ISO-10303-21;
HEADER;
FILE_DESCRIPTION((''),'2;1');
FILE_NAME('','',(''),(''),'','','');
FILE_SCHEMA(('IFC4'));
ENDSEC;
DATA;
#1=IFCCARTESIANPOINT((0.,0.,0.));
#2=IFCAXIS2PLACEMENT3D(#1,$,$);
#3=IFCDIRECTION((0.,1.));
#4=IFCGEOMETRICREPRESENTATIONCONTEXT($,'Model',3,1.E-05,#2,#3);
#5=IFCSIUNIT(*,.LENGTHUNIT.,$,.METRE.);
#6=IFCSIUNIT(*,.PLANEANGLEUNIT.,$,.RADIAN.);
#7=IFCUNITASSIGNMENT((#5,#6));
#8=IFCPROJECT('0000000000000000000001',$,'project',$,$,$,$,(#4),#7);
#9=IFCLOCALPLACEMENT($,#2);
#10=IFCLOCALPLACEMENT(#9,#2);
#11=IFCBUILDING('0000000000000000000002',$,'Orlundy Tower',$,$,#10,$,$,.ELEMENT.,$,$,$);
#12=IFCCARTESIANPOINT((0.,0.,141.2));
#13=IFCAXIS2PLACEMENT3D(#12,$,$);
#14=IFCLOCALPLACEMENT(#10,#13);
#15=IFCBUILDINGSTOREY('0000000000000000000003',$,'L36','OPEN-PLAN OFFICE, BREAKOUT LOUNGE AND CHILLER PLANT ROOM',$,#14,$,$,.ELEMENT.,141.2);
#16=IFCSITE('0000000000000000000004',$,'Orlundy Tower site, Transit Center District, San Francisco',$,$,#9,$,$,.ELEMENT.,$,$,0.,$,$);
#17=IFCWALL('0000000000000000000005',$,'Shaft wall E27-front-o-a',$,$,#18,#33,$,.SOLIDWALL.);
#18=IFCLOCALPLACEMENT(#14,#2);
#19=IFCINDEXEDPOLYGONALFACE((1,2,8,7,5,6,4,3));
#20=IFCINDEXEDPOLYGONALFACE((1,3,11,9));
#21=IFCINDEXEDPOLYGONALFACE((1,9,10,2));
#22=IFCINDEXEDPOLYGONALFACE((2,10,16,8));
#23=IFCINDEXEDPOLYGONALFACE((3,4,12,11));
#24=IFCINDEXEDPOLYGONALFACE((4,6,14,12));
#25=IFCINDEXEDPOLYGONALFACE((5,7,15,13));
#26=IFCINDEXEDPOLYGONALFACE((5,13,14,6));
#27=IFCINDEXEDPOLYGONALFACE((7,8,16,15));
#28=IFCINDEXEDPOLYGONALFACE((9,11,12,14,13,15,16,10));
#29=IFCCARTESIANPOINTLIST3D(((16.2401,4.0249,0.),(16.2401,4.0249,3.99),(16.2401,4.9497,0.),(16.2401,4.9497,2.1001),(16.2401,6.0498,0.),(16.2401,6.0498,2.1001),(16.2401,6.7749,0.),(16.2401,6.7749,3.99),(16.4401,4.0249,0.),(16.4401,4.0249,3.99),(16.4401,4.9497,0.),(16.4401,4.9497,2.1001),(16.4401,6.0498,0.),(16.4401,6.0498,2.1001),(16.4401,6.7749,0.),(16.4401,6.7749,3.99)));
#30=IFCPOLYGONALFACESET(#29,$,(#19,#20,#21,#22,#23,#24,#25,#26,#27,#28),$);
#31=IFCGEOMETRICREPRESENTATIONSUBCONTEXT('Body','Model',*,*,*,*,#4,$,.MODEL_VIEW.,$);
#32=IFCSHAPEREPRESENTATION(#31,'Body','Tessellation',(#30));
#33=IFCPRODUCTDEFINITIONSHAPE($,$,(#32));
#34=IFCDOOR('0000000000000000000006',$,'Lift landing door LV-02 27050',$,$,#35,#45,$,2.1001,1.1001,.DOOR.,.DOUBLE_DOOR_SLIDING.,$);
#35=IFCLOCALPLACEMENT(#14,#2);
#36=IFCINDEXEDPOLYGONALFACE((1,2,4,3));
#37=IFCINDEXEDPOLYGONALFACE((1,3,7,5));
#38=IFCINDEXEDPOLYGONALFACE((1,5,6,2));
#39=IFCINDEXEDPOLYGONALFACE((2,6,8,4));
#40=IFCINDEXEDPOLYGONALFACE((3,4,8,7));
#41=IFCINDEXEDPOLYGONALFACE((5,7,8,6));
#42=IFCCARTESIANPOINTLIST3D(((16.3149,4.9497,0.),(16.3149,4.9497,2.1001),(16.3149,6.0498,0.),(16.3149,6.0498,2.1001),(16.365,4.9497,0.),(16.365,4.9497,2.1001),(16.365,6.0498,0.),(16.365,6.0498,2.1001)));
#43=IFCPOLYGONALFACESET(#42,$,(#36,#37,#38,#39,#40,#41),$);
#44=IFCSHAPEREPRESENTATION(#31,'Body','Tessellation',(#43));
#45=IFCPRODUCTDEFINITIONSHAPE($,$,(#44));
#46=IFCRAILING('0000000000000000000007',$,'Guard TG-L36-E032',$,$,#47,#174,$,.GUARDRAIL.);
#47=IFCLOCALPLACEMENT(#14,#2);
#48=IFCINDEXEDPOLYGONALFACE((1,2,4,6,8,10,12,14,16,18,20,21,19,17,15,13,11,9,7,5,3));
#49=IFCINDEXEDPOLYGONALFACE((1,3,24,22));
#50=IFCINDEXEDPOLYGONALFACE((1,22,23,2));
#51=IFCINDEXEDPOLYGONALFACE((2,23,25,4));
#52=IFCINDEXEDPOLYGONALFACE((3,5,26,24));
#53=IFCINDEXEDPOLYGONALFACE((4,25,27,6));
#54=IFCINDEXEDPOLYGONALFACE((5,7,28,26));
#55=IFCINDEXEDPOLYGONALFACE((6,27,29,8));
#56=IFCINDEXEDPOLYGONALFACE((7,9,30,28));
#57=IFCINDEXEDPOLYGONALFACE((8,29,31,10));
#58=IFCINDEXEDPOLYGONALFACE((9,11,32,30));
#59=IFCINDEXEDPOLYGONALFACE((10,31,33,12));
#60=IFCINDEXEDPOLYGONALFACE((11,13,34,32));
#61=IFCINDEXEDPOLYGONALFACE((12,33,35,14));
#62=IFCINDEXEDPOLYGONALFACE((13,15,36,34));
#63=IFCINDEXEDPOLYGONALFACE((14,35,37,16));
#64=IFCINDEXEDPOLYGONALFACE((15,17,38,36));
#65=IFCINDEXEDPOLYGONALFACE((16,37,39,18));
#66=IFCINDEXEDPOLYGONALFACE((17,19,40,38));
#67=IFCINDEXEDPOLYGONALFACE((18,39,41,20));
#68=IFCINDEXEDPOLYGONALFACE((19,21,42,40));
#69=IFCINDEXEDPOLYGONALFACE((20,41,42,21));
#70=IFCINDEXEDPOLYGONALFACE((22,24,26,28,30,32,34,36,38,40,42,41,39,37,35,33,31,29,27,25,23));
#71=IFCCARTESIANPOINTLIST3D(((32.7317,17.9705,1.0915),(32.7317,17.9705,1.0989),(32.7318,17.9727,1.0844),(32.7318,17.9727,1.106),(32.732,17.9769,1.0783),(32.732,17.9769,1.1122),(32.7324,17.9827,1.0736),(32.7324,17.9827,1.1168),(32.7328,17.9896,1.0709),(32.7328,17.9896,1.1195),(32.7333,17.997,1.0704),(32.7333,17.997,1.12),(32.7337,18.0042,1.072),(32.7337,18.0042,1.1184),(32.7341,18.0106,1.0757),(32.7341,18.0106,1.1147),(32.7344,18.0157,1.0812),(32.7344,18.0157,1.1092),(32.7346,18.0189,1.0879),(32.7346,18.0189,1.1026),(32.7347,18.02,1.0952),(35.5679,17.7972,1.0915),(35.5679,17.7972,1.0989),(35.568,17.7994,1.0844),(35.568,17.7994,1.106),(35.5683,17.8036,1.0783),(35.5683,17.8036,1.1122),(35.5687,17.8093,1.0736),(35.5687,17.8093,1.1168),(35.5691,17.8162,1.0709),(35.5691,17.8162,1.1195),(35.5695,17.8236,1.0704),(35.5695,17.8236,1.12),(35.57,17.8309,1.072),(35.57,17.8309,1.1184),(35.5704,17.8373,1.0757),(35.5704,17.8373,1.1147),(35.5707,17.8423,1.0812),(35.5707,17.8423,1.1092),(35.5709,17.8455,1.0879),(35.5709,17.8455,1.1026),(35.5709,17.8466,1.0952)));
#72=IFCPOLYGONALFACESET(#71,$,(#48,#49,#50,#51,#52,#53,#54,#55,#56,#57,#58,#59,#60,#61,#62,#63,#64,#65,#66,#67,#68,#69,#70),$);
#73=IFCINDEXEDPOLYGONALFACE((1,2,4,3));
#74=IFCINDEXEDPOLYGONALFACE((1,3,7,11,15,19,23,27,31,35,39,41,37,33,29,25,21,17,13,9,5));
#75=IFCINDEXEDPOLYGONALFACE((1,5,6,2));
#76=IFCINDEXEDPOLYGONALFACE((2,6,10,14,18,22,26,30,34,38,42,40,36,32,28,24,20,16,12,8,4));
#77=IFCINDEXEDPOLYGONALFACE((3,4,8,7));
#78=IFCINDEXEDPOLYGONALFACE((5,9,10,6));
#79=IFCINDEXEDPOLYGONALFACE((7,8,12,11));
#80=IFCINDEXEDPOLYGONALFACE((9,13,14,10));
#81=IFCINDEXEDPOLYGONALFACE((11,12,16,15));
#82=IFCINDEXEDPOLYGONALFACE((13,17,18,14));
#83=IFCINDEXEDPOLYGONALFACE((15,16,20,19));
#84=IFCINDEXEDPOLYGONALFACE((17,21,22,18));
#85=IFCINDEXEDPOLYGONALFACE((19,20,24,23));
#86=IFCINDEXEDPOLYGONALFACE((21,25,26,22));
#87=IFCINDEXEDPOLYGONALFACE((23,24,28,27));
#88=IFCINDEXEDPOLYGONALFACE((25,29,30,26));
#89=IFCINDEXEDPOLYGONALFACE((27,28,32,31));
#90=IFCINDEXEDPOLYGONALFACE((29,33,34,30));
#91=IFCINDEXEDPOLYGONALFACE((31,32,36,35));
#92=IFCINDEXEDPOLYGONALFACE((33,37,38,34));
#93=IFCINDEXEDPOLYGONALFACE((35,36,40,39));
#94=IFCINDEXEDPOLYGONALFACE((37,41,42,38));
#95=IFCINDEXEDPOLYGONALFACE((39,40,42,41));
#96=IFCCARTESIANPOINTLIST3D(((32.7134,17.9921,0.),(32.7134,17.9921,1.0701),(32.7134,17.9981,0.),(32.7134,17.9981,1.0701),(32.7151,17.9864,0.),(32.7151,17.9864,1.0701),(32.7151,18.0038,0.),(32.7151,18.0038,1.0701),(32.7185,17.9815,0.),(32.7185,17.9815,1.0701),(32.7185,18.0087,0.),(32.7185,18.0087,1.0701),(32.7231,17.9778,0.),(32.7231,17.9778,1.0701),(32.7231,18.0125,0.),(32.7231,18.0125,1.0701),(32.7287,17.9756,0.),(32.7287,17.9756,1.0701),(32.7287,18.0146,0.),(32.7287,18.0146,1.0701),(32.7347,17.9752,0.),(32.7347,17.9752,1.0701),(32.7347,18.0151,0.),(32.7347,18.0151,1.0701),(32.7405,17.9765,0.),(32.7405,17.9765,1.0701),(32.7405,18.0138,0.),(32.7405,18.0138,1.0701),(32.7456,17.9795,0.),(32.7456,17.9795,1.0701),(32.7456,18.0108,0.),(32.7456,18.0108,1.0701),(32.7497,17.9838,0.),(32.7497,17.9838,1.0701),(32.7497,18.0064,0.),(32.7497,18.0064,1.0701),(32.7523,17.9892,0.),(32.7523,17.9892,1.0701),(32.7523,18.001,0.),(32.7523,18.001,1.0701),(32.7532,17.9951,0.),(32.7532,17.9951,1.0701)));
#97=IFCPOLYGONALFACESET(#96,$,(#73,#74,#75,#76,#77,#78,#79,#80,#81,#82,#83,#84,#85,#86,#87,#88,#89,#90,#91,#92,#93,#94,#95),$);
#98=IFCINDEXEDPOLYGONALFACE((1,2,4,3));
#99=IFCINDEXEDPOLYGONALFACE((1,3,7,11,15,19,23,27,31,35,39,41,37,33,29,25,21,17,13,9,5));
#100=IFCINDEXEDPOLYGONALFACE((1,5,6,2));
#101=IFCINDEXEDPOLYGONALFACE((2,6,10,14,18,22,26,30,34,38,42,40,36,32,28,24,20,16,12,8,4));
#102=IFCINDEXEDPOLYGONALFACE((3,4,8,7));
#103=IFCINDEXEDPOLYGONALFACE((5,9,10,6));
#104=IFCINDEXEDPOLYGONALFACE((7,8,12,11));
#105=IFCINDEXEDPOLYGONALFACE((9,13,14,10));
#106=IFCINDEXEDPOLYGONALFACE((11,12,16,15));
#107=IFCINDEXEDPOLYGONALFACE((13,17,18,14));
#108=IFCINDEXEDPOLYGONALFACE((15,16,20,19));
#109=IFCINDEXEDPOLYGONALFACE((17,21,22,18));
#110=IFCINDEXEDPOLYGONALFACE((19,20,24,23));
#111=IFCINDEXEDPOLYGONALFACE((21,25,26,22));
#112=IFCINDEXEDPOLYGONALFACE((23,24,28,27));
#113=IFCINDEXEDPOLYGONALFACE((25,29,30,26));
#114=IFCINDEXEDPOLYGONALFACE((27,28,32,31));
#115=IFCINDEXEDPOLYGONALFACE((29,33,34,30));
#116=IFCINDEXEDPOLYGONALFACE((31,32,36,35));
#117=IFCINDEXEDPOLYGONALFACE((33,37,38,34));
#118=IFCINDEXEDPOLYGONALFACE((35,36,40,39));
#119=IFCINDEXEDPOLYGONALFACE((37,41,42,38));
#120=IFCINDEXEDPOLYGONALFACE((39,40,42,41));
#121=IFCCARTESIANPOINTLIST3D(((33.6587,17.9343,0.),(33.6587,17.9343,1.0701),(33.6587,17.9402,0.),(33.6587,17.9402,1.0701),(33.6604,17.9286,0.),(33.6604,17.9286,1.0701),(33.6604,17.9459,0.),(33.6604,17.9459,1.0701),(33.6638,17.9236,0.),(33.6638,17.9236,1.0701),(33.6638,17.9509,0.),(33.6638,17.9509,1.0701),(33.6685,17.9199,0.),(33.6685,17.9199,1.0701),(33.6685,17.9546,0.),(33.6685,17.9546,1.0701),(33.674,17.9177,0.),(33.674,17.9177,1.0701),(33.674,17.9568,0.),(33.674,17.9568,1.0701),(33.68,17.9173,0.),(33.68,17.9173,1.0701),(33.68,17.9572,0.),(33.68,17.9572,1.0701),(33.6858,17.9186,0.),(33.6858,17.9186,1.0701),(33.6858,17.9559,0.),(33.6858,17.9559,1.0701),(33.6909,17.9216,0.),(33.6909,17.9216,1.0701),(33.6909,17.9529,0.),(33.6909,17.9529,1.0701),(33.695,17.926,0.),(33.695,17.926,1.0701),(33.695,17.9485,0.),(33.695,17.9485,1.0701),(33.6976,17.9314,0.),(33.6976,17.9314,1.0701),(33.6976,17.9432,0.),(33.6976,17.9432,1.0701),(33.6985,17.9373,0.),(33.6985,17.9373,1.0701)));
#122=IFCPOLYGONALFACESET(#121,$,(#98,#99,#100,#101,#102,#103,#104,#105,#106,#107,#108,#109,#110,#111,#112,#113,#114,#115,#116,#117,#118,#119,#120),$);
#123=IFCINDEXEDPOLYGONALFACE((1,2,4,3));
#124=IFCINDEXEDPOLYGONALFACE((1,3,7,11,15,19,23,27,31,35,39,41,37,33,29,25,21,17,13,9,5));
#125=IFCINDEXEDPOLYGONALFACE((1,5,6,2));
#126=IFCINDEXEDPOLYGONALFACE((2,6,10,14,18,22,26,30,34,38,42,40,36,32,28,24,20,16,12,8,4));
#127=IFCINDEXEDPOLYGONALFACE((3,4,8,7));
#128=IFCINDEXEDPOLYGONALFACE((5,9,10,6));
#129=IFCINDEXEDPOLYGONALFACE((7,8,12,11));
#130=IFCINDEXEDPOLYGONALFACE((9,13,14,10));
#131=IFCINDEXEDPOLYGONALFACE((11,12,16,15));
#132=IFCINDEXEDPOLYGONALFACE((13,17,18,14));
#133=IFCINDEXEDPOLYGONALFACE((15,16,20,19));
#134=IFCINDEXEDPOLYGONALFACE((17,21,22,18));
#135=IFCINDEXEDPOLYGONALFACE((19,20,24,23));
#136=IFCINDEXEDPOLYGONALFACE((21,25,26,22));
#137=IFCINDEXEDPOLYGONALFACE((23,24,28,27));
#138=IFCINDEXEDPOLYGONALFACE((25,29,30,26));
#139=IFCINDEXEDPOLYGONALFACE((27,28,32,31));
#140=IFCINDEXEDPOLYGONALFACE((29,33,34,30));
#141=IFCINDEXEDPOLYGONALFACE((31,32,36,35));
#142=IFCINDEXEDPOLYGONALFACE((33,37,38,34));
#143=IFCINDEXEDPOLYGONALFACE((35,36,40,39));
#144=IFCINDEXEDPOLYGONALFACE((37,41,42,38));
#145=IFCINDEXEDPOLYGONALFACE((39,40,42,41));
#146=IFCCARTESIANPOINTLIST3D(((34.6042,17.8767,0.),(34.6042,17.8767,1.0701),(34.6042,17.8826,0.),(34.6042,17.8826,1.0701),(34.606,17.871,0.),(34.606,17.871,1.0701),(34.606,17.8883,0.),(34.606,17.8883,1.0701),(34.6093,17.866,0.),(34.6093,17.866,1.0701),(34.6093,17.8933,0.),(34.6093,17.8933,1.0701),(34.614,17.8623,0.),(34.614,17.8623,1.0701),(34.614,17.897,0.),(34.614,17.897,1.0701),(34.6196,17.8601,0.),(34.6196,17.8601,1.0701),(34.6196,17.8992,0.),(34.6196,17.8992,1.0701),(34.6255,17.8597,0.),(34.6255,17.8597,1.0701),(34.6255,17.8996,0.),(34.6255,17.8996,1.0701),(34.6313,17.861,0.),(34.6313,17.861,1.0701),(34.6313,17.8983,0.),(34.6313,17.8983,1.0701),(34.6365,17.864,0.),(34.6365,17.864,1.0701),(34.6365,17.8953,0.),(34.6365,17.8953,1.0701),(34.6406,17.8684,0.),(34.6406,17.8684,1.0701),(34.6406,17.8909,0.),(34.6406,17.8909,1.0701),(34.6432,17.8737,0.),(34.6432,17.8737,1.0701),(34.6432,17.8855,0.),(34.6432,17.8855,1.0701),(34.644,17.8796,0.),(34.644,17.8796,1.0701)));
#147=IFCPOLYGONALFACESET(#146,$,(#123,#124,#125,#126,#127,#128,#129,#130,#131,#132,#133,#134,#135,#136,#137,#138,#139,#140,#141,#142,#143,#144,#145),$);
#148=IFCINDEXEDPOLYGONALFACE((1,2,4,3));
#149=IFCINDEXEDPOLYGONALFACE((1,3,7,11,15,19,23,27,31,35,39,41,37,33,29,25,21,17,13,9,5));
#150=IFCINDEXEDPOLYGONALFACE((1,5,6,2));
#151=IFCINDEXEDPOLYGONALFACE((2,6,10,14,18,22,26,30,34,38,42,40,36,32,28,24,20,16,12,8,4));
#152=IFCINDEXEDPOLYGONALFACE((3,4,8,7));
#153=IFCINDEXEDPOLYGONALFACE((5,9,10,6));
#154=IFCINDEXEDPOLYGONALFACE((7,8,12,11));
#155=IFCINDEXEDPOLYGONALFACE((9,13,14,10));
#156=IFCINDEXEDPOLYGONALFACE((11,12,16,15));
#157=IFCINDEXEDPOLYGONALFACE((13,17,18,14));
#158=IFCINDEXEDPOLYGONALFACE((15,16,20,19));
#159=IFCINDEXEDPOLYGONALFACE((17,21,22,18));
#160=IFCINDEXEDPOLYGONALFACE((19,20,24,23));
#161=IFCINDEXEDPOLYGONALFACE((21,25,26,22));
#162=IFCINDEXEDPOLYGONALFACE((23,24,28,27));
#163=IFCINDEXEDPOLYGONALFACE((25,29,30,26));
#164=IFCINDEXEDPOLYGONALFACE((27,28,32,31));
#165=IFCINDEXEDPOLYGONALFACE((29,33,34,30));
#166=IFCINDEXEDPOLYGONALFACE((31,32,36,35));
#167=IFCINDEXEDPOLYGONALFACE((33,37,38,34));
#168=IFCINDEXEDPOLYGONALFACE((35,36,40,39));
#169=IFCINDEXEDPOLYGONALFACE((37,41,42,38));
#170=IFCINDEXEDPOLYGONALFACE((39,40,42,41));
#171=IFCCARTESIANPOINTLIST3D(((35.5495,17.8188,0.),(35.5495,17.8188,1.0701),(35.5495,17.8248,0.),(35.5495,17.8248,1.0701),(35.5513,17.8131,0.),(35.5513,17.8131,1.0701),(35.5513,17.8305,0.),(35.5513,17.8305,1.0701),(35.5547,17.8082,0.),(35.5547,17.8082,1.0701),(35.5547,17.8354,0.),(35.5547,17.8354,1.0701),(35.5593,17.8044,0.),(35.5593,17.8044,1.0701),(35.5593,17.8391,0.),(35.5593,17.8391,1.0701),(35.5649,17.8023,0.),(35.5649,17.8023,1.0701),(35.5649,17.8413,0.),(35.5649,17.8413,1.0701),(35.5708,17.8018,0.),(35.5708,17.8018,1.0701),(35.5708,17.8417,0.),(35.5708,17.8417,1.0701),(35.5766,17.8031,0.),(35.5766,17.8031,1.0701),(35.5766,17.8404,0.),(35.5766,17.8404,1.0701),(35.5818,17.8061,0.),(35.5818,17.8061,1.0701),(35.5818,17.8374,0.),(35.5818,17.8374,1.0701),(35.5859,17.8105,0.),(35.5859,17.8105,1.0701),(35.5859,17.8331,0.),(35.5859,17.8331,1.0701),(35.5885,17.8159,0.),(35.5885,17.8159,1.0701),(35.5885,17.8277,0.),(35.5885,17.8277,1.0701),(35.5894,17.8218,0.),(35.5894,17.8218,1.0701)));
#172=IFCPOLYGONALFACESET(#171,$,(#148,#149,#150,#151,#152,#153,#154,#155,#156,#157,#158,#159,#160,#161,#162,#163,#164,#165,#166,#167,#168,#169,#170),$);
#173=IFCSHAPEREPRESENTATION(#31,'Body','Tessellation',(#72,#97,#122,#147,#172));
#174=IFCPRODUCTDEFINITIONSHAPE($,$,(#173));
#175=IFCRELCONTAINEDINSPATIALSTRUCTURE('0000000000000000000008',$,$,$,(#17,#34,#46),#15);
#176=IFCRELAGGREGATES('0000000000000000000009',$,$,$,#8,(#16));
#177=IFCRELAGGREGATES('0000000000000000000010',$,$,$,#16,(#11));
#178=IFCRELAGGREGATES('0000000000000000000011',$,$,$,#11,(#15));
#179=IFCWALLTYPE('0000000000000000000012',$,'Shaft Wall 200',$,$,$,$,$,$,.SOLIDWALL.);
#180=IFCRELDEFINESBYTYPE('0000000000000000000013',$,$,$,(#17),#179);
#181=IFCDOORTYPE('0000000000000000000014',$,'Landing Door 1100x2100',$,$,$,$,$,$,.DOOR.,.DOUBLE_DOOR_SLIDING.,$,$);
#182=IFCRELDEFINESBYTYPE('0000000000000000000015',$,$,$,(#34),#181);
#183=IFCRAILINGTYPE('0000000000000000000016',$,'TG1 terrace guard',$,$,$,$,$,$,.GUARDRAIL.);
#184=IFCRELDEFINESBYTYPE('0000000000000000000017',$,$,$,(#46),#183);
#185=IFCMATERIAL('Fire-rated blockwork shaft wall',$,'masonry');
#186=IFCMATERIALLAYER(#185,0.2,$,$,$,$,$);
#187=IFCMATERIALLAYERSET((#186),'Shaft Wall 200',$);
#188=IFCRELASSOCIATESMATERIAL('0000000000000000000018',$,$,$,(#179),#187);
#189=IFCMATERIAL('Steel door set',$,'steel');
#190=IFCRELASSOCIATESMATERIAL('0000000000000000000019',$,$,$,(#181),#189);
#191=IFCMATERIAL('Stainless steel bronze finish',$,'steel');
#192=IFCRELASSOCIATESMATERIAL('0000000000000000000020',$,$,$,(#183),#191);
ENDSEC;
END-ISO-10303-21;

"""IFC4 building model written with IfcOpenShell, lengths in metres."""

from ifc_helpers import new_model, si_unit, direction, frame, frame_2d, origin, origin_2d, place, context, subcontext, project, spatial, rectangle, circle, extrude, material, layer, layer_set, type_object, element, fill, save


model = new_model("IFC4")

# Units and contexts
model_context = context("Model", 3, precision=1e-05, world=origin(), true_north=direction((0.0, 1.0)))
body_context = subcontext(model_context, "Body", "Model", "MODEL_VIEW")
ifc_project = project(units=[si_unit("LENGTHUNIT", "METRE"), si_unit("PLANEANGLEUNIT", "RADIAN")], contexts=[model_context])

# Site, building, storey
site_placement = place(None, origin())
site = spatial("IfcSite", under=ifc_project, at=site_placement, Name="Orlundy Tower site, Transit Center District, San Francisco", CompositionType="ELEMENT", RefElevation=0.0)
building_placement = place(site_placement, origin())
building = spatial("IfcBuilding", under=site, at=building_placement, Name="Orlundy Tower", CompositionType="ELEMENT")
storey_placement = place(building_placement, frame((0.0, 0.0, 141.2)))
storey = spatial("IfcBuildingStorey", under=building, at=storey_placement, Name="L36", Description="OPEN-PLAN OFFICE, BREAKOUT LOUNGE AND CHILLER PLANT ROOM", CompositionType="ELEMENT", Elevation=141.2)

# Wall, opening, door
ifc_material_1 = material(Name="Fire-rated blockwork shaft wall", Category="masonry")
ifc_layer_1 = layer(ifc_material_1, 0.2)
ifc_layer_set_1 = layer_set([ifc_layer_1], Name="Shaft Wall 200")
wall_type_1 = type_object("IfcWallType", Name="Shaft Wall 200", PredefinedType="SOLIDWALL", material=ifc_layer_set_1)
wall_1_placement = place(storey_placement, frame((16.3401, 6.7749, 0.0), z_axis=(0.0, 0.0, 1.0), x_axis=(0.0, -1.0, 0.0)))
wall_1 = element("IfcWall", 1, at=wall_1_placement, inside=storey, type_object=wall_type_1, Name="Shaft wall E27-front-o-a", PredefinedType="SOLIDWALL", context=body_context, shape_type="SweptSolid", body=[
    extrude(rectangle(XDim=2.75, YDim=0.2, at=frame_2d((1.375, 0.0))), origin(), (0.0, 0.0, 1.0), 3.99),
])
opening_1_placement = place(wall_1_placement, frame((0.7251, 0.0, 0.0)))
opening_1 = element("IfcOpeningElement", 2, at=opening_1_placement, cuts=wall_1, PredefinedType="OPENING", context=body_context, shape_type="SweptSolid", body=[
    extrude(rectangle(XDim=1.1001, YDim=2.1001, at=frame_2d((0.55, 1.05))), frame((0.0, 0.1101, 0.0), z_axis=(0.0, -1.0, 0.0), x_axis=(1.0, 0.0, 0.0)), (0.0, 0.0, 1.0), 0.2202),
])
ifc_material_2 = material(Name="Steel door set", Category="steel")
door_type_1 = type_object("IfcDoorType", Name="Landing Door 1100x2100", OperationType="DOUBLE_DOOR_SLIDING", PredefinedType="DOOR", material=ifc_material_2)
door_1_placement = place(opening_1_placement, origin())
door_1 = element("IfcDoor", 3, at=door_1_placement, inside=storey, type_object=door_type_1, Name="Lift landing door LV-02 27050", OperationType="DOUBLE_DOOR_SLIDING", OverallHeight=2.1001, OverallWidth=1.1001, PredefinedType="DOOR", context=body_context, shape_type="SweptSolid", body=[
    extrude(rectangle(XDim=1.1001, YDim=2.1001, at=frame_2d((0.55, 1.05))), frame((0.0, 0.0249, 0.0), z_axis=(0.0, -1.0, 0.0), x_axis=(1.0, 0.0, 0.0)), (0.0, 0.0, 1.0), 0.05),
])
fill(opening_1, door_1)

# Railing
ifc_material_3 = material(Name="Stainless steel bronze finish", Category="steel")
railing_type = type_object("IfcRailingType", Name="TG1 terrace guard", PredefinedType="GUARDRAIL", material=ifc_material_3)
for number, where, name in (
    (4, (32.7332, 17.9951, 0.0), "Guard TG-L36-E032"),
):
    element("IfcRailing", number, at=place(storey_placement, frame(where)), inside=storey, type_object=railing_type, Name=name, PredefinedType="GUARDRAIL", context=body_context, shape_type="SweptSolid", body=[
        extrude(circle(Radius=0.0249, at=origin_2d()), frame((0.0, 0.0, 1.0952), z_axis=(0.998138, -0.061004, 0.0), x_axis=(0.061004, 0.998138, 0.0)), (0.0, 0.0, 1.0), 2.8416),
        extrude(circle(Radius=0.02, at=origin_2d()), origin(), (0.0, 0.0, 1.0), 1.0701),
        extrude(circle(Radius=0.02, at=origin_2d()), frame((0.9453, -0.0579, 0.0)), (0.0, 0.0, 1.0), 1.0701),
        extrude(circle(Radius=0.02, at=origin_2d()), frame((1.8909, -0.1155, 0.0)), (0.0, 0.0, 1.0), 1.0701),
        extrude(circle(Radius=0.02, at=origin_2d()), frame((2.8362, -0.1733, 0.0)), (0.0, 0.0, 1.0), 1.0701),
    ])

save(model, "model.ifc")
